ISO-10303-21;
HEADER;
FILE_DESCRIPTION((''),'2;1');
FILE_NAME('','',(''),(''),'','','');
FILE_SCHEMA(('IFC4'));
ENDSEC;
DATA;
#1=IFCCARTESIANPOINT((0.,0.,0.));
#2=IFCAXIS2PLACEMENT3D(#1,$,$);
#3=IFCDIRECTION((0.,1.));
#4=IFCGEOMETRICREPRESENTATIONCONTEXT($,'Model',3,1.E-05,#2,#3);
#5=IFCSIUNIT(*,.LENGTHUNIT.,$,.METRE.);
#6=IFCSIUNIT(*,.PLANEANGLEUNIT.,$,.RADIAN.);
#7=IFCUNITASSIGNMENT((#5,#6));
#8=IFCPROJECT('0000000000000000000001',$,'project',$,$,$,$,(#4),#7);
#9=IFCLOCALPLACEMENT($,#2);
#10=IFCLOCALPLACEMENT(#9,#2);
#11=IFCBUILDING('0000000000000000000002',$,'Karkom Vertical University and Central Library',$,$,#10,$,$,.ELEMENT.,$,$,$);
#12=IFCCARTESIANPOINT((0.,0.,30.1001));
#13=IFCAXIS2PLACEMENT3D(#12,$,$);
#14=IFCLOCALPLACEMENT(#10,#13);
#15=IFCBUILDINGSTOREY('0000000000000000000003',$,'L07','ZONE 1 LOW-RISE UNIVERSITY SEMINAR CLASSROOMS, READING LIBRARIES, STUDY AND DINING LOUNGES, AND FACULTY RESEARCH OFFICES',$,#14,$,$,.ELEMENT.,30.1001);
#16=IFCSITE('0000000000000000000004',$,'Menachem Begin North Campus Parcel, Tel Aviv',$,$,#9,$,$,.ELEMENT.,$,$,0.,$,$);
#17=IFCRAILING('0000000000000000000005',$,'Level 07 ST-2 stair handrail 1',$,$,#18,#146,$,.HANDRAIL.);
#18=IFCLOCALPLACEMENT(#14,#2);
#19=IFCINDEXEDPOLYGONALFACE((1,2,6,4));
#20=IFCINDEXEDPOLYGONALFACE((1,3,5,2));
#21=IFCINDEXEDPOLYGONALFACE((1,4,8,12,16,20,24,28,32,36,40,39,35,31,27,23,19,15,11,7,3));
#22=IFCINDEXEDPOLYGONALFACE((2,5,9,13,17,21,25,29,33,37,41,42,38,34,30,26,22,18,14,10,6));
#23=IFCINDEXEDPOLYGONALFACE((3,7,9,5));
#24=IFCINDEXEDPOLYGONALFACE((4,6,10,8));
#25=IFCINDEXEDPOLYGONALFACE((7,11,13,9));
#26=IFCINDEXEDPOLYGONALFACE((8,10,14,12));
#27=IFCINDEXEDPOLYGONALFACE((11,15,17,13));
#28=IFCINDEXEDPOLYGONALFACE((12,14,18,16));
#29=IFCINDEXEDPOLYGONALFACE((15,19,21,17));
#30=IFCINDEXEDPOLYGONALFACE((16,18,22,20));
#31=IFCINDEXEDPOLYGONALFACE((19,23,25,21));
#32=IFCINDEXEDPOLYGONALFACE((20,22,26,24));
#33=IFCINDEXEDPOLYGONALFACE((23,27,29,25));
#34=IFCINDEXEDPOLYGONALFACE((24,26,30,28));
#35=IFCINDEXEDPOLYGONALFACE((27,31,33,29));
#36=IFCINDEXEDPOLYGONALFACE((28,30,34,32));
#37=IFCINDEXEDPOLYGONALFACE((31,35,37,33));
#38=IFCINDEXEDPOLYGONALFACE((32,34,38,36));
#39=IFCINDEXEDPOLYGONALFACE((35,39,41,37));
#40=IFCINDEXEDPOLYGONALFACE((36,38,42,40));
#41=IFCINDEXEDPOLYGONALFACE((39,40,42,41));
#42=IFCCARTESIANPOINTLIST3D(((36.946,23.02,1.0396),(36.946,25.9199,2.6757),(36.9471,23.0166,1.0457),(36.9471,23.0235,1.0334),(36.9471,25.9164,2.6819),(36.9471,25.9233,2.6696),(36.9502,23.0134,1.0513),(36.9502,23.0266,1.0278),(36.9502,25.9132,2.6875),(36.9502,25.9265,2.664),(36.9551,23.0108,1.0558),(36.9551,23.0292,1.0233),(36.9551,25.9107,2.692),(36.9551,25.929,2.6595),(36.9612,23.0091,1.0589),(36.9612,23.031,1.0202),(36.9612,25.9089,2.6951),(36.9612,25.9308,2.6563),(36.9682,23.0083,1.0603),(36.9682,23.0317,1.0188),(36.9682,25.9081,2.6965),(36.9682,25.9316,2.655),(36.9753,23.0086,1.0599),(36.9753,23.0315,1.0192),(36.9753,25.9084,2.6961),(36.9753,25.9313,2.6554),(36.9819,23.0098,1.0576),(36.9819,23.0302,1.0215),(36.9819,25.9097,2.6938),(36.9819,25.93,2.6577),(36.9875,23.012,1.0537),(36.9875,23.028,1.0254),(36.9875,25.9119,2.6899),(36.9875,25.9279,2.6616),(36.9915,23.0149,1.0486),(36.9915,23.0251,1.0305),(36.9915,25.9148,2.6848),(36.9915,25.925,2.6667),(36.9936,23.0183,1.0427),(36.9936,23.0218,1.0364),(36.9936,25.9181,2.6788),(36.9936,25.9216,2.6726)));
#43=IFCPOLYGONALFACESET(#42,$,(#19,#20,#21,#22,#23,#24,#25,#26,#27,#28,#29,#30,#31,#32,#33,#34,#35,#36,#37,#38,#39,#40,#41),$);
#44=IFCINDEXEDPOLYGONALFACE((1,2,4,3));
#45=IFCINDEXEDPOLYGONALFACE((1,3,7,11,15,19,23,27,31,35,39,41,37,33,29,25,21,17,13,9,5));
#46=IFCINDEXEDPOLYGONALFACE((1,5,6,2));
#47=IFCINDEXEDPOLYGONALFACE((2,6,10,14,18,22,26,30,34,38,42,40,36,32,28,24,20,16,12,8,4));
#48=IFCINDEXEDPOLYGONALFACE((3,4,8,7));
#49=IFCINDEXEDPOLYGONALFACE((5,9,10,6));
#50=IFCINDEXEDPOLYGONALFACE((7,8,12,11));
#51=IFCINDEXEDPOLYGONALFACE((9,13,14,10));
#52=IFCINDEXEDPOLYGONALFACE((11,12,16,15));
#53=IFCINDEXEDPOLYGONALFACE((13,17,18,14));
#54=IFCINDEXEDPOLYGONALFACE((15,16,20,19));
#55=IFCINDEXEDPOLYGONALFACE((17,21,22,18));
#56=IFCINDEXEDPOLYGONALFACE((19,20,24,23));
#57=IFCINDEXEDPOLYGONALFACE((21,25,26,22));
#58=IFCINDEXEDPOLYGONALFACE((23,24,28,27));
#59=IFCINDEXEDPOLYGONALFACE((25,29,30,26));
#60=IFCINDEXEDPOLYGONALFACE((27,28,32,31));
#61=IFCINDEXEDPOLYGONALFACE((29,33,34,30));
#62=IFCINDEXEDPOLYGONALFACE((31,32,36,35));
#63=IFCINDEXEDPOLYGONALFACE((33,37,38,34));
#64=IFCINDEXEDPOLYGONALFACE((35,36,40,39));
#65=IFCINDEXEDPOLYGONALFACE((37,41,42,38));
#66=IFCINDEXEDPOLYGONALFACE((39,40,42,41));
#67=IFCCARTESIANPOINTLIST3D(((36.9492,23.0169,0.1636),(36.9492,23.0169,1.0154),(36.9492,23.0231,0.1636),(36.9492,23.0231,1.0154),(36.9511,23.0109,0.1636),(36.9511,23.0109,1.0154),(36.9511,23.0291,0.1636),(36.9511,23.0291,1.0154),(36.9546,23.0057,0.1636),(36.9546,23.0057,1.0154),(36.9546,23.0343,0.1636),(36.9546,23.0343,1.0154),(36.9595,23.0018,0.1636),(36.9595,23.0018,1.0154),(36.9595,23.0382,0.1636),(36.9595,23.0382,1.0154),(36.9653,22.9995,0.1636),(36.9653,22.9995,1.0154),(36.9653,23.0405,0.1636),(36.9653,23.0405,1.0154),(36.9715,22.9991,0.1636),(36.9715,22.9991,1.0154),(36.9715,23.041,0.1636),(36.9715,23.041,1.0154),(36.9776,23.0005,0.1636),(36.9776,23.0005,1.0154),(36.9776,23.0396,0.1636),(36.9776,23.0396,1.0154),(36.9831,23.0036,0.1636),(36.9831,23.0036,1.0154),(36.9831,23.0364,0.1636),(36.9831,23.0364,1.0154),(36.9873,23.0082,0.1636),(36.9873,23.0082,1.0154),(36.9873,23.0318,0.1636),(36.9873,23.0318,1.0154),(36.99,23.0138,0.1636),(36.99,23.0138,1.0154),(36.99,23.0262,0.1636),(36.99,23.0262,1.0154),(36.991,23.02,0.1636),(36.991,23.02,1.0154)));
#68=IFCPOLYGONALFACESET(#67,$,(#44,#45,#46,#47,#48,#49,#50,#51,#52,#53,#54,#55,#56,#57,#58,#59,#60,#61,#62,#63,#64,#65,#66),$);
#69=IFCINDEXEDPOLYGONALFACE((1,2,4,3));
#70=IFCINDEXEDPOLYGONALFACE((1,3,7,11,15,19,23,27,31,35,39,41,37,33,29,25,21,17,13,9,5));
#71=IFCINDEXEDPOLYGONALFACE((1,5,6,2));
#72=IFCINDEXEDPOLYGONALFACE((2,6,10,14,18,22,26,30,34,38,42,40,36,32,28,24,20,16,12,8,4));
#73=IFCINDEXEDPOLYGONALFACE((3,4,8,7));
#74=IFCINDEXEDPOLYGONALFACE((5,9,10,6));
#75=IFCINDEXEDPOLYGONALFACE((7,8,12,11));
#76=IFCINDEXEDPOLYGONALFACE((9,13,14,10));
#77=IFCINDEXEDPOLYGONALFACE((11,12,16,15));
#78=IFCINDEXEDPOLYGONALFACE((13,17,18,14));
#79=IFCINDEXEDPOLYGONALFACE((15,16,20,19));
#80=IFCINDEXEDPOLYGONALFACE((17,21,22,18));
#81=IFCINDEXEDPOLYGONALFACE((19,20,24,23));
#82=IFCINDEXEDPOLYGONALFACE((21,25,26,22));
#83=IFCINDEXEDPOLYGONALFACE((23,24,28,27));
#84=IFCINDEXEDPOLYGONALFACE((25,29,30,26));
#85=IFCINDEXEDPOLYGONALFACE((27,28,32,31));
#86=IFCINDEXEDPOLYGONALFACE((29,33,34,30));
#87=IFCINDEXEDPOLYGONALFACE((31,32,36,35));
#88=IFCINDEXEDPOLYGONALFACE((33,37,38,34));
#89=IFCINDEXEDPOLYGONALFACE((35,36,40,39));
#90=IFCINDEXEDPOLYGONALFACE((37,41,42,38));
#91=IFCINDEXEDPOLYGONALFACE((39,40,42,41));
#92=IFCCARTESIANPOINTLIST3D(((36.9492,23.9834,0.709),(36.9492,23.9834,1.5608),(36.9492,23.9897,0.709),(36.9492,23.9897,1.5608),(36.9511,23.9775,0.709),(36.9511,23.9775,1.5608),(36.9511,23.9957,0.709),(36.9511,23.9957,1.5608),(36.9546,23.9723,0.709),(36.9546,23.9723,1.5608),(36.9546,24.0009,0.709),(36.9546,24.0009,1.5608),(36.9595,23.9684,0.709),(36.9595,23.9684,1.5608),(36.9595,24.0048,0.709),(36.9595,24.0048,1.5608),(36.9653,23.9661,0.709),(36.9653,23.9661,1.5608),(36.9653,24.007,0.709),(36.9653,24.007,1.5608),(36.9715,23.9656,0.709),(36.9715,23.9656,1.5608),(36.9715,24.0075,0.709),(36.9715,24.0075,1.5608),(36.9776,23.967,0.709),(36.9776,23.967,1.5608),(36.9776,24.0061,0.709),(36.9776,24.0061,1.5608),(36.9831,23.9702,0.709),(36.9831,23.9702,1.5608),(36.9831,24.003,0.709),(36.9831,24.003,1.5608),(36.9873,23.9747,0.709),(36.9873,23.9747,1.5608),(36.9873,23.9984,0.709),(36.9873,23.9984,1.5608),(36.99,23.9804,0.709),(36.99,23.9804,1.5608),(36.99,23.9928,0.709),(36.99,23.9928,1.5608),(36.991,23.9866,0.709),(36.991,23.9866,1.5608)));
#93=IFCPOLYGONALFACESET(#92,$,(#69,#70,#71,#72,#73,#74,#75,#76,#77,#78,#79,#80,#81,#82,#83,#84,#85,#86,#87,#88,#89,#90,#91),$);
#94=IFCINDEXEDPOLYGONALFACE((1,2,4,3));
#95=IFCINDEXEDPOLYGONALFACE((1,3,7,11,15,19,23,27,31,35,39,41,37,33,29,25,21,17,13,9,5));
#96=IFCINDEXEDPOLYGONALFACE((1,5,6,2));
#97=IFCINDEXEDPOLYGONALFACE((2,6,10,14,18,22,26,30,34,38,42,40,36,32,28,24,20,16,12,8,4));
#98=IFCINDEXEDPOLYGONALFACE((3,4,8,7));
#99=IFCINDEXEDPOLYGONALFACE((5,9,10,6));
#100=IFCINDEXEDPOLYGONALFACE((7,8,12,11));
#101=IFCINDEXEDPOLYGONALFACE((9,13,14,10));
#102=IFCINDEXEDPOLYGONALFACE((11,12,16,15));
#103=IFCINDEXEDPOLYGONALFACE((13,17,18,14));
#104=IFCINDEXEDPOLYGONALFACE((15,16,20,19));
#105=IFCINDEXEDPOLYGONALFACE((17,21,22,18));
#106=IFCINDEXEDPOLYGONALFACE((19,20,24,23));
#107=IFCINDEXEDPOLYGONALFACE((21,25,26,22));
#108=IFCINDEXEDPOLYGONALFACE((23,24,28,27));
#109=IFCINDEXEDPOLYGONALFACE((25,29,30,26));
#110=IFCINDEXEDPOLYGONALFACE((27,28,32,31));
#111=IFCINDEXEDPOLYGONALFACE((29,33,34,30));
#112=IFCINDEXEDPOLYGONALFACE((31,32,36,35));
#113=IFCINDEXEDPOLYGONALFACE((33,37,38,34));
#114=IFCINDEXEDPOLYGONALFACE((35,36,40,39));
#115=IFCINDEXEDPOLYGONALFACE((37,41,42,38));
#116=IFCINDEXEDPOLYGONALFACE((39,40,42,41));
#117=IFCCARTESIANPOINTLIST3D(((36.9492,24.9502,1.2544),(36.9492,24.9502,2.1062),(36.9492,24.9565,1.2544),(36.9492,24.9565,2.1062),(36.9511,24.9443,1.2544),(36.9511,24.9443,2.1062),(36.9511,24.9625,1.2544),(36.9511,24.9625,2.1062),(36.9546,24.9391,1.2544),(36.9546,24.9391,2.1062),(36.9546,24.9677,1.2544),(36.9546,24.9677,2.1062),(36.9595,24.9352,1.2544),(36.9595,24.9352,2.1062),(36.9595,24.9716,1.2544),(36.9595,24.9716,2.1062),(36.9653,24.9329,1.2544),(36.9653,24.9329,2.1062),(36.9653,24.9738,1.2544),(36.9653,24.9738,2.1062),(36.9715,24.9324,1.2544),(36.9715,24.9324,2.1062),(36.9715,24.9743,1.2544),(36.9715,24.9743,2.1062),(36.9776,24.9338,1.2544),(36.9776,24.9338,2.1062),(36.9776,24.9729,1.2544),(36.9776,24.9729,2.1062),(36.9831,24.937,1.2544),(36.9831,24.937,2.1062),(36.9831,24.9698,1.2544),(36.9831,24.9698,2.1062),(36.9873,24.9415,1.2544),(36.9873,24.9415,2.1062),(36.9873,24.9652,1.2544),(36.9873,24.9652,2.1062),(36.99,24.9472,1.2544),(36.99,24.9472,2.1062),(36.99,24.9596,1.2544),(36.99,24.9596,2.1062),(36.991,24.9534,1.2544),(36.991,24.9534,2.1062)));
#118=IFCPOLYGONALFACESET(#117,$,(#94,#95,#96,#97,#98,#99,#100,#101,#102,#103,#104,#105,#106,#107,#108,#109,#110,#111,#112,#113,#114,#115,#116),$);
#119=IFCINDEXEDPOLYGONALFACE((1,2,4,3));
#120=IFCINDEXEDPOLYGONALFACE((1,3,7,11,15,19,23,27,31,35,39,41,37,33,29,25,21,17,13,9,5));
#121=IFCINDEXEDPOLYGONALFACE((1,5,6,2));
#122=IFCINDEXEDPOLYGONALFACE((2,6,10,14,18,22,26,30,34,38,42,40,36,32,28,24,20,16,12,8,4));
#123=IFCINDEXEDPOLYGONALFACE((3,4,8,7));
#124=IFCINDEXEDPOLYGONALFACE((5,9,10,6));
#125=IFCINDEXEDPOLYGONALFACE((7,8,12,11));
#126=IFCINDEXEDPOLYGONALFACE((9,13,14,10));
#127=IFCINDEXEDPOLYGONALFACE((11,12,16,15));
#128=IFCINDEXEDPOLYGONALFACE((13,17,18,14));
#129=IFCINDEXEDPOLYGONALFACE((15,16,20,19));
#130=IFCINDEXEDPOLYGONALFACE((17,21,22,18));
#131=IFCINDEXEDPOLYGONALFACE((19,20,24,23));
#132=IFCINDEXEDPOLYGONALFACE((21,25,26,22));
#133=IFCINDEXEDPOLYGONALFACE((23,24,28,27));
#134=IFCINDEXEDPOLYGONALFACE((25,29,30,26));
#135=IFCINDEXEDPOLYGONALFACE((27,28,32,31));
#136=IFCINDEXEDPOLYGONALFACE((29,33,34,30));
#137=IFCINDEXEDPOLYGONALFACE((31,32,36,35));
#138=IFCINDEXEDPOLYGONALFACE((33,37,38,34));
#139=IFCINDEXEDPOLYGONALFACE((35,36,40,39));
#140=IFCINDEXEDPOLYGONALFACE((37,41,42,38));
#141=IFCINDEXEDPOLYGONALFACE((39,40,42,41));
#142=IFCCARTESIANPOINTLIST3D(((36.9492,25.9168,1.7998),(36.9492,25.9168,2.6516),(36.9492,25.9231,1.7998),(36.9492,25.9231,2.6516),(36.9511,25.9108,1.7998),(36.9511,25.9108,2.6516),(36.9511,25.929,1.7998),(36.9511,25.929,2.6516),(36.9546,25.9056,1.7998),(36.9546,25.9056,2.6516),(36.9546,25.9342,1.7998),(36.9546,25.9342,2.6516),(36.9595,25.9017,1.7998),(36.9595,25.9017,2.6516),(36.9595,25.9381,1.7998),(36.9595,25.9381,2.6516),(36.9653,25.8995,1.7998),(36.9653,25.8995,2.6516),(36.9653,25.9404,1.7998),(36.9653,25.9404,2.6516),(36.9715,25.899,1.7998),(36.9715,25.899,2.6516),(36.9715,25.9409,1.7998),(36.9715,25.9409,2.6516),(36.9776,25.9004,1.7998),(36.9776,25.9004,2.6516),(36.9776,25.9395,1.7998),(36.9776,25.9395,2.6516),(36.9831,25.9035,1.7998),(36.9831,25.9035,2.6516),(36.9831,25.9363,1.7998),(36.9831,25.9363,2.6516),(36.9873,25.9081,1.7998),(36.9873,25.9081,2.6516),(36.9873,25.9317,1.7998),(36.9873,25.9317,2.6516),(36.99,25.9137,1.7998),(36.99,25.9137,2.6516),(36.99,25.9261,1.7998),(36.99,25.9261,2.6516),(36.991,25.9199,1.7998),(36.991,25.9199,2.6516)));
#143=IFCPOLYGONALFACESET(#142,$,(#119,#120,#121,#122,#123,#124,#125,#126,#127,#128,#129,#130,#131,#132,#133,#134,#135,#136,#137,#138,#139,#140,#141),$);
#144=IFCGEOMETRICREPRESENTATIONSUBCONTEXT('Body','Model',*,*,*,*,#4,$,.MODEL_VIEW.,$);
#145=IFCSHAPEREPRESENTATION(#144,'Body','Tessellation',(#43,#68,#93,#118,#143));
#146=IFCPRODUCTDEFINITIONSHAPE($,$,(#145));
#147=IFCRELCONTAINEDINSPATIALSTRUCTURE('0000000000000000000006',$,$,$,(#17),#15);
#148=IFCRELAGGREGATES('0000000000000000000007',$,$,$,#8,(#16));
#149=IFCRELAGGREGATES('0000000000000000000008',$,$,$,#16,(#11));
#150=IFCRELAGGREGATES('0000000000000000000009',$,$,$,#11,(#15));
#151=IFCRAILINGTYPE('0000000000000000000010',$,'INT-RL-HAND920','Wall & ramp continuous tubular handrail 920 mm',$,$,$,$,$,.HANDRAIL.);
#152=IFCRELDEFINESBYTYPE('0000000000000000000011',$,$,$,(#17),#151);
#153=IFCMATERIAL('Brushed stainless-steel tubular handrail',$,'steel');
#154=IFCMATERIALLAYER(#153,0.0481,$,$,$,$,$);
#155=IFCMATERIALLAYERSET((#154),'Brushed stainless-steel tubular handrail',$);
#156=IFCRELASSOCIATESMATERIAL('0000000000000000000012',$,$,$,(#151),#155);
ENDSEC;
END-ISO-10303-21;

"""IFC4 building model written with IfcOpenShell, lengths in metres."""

from ifc_helpers import new_model, si_unit, direction, frame, origin, origin_2d, place, context, subcontext, project, spatial, circle, extrude, material, layer, layer_set, type_object, element, save


model = new_model("IFC4")

# Units and contexts
model_context = context("Model", 3, precision=1e-05, world=origin(), true_north=direction((0.0, 1.0)))
body_context = subcontext(model_context, "Body", "Model", "MODEL_VIEW")
ifc_project = project(units=[si_unit("LENGTHUNIT", "METRE"), si_unit("PLANEANGLEUNIT", "RADIAN")], contexts=[model_context])

# Site, building, storey
site_placement = place(None, origin())
site = spatial("IfcSite", under=ifc_project, at=site_placement, Name="Menachem Begin North Campus Parcel, Tel Aviv", CompositionType="ELEMENT", RefElevation=0.0)
building_placement = place(site_placement, origin())
building = spatial("IfcBuilding", under=site, at=building_placement, Name="Karkom Vertical University and Central Library", CompositionType="ELEMENT")
storey_placement = place(building_placement, frame((0.0, 0.0, 30.1001)))
storey = spatial("IfcBuildingStorey", under=building, at=storey_placement, Name="L07", Description="ZONE 1 LOW-RISE UNIVERSITY SEMINAR CLASSROOMS, READING LIBRARIES, STUDY AND DINING LOUNGES, AND FACULTY RESEARCH OFFICES", CompositionType="ELEMENT", Elevation=30.1001)

# Railing
ifc_material_1 = material(Name="Brushed stainless-steel tubular handrail", Category="steel")
ifc_layer_1 = layer(ifc_material_1, 0.0481)
ifc_layer_set_1 = layer_set([ifc_layer_1], Name="Brushed stainless-steel tubular handrail")
railing_type_1 = type_object("IfcRailingType", Name="INT-RL-HAND920", Description="Wall & ramp continuous tubular handrail 920 mm", PredefinedType="HANDRAIL", material=ifc_layer_set_1)
railing_1_placement = place(storey_placement, frame((36.97, 23.02, 0.1636)))
element("IfcRailing", 1, at=railing_1_placement, inside=storey, type_object=railing_type_1, Name="Level 07 ST-2 stair handrail 1", PredefinedType="HANDRAIL", context=body_context, shape_type="SweptSolid", body=[
    extrude(circle(Radius=0.0239, at=origin_2d()), frame((0.0, 0.0, 0.876), z_axis=(0.0, 0.870929, 0.49141), x_axis=(-1.0, 0.0, 0.0)), (0.0, 0.0, 1.0), 3.3296),
    extrude(circle(Radius=0.021, at=origin_2d()), origin(), (0.0, 0.0, 1.0), 0.8518),
    extrude(circle(Radius=0.021, at=origin_2d()), frame((0.0, 0.9666, 0.5454)), (0.0, 0.0, 1.0), 0.8518),
    extrude(circle(Radius=0.021, at=origin_2d()), frame((0.0, 1.9333, 1.0908)), (0.0, 0.0, 1.0), 0.8518),
    extrude(circle(Radius=0.021, at=origin_2d()), frame((0.0, 2.8999, 1.6362)), (0.0, 0.0, 1.0), 0.8518),
])

save(model, "model.ifc")
